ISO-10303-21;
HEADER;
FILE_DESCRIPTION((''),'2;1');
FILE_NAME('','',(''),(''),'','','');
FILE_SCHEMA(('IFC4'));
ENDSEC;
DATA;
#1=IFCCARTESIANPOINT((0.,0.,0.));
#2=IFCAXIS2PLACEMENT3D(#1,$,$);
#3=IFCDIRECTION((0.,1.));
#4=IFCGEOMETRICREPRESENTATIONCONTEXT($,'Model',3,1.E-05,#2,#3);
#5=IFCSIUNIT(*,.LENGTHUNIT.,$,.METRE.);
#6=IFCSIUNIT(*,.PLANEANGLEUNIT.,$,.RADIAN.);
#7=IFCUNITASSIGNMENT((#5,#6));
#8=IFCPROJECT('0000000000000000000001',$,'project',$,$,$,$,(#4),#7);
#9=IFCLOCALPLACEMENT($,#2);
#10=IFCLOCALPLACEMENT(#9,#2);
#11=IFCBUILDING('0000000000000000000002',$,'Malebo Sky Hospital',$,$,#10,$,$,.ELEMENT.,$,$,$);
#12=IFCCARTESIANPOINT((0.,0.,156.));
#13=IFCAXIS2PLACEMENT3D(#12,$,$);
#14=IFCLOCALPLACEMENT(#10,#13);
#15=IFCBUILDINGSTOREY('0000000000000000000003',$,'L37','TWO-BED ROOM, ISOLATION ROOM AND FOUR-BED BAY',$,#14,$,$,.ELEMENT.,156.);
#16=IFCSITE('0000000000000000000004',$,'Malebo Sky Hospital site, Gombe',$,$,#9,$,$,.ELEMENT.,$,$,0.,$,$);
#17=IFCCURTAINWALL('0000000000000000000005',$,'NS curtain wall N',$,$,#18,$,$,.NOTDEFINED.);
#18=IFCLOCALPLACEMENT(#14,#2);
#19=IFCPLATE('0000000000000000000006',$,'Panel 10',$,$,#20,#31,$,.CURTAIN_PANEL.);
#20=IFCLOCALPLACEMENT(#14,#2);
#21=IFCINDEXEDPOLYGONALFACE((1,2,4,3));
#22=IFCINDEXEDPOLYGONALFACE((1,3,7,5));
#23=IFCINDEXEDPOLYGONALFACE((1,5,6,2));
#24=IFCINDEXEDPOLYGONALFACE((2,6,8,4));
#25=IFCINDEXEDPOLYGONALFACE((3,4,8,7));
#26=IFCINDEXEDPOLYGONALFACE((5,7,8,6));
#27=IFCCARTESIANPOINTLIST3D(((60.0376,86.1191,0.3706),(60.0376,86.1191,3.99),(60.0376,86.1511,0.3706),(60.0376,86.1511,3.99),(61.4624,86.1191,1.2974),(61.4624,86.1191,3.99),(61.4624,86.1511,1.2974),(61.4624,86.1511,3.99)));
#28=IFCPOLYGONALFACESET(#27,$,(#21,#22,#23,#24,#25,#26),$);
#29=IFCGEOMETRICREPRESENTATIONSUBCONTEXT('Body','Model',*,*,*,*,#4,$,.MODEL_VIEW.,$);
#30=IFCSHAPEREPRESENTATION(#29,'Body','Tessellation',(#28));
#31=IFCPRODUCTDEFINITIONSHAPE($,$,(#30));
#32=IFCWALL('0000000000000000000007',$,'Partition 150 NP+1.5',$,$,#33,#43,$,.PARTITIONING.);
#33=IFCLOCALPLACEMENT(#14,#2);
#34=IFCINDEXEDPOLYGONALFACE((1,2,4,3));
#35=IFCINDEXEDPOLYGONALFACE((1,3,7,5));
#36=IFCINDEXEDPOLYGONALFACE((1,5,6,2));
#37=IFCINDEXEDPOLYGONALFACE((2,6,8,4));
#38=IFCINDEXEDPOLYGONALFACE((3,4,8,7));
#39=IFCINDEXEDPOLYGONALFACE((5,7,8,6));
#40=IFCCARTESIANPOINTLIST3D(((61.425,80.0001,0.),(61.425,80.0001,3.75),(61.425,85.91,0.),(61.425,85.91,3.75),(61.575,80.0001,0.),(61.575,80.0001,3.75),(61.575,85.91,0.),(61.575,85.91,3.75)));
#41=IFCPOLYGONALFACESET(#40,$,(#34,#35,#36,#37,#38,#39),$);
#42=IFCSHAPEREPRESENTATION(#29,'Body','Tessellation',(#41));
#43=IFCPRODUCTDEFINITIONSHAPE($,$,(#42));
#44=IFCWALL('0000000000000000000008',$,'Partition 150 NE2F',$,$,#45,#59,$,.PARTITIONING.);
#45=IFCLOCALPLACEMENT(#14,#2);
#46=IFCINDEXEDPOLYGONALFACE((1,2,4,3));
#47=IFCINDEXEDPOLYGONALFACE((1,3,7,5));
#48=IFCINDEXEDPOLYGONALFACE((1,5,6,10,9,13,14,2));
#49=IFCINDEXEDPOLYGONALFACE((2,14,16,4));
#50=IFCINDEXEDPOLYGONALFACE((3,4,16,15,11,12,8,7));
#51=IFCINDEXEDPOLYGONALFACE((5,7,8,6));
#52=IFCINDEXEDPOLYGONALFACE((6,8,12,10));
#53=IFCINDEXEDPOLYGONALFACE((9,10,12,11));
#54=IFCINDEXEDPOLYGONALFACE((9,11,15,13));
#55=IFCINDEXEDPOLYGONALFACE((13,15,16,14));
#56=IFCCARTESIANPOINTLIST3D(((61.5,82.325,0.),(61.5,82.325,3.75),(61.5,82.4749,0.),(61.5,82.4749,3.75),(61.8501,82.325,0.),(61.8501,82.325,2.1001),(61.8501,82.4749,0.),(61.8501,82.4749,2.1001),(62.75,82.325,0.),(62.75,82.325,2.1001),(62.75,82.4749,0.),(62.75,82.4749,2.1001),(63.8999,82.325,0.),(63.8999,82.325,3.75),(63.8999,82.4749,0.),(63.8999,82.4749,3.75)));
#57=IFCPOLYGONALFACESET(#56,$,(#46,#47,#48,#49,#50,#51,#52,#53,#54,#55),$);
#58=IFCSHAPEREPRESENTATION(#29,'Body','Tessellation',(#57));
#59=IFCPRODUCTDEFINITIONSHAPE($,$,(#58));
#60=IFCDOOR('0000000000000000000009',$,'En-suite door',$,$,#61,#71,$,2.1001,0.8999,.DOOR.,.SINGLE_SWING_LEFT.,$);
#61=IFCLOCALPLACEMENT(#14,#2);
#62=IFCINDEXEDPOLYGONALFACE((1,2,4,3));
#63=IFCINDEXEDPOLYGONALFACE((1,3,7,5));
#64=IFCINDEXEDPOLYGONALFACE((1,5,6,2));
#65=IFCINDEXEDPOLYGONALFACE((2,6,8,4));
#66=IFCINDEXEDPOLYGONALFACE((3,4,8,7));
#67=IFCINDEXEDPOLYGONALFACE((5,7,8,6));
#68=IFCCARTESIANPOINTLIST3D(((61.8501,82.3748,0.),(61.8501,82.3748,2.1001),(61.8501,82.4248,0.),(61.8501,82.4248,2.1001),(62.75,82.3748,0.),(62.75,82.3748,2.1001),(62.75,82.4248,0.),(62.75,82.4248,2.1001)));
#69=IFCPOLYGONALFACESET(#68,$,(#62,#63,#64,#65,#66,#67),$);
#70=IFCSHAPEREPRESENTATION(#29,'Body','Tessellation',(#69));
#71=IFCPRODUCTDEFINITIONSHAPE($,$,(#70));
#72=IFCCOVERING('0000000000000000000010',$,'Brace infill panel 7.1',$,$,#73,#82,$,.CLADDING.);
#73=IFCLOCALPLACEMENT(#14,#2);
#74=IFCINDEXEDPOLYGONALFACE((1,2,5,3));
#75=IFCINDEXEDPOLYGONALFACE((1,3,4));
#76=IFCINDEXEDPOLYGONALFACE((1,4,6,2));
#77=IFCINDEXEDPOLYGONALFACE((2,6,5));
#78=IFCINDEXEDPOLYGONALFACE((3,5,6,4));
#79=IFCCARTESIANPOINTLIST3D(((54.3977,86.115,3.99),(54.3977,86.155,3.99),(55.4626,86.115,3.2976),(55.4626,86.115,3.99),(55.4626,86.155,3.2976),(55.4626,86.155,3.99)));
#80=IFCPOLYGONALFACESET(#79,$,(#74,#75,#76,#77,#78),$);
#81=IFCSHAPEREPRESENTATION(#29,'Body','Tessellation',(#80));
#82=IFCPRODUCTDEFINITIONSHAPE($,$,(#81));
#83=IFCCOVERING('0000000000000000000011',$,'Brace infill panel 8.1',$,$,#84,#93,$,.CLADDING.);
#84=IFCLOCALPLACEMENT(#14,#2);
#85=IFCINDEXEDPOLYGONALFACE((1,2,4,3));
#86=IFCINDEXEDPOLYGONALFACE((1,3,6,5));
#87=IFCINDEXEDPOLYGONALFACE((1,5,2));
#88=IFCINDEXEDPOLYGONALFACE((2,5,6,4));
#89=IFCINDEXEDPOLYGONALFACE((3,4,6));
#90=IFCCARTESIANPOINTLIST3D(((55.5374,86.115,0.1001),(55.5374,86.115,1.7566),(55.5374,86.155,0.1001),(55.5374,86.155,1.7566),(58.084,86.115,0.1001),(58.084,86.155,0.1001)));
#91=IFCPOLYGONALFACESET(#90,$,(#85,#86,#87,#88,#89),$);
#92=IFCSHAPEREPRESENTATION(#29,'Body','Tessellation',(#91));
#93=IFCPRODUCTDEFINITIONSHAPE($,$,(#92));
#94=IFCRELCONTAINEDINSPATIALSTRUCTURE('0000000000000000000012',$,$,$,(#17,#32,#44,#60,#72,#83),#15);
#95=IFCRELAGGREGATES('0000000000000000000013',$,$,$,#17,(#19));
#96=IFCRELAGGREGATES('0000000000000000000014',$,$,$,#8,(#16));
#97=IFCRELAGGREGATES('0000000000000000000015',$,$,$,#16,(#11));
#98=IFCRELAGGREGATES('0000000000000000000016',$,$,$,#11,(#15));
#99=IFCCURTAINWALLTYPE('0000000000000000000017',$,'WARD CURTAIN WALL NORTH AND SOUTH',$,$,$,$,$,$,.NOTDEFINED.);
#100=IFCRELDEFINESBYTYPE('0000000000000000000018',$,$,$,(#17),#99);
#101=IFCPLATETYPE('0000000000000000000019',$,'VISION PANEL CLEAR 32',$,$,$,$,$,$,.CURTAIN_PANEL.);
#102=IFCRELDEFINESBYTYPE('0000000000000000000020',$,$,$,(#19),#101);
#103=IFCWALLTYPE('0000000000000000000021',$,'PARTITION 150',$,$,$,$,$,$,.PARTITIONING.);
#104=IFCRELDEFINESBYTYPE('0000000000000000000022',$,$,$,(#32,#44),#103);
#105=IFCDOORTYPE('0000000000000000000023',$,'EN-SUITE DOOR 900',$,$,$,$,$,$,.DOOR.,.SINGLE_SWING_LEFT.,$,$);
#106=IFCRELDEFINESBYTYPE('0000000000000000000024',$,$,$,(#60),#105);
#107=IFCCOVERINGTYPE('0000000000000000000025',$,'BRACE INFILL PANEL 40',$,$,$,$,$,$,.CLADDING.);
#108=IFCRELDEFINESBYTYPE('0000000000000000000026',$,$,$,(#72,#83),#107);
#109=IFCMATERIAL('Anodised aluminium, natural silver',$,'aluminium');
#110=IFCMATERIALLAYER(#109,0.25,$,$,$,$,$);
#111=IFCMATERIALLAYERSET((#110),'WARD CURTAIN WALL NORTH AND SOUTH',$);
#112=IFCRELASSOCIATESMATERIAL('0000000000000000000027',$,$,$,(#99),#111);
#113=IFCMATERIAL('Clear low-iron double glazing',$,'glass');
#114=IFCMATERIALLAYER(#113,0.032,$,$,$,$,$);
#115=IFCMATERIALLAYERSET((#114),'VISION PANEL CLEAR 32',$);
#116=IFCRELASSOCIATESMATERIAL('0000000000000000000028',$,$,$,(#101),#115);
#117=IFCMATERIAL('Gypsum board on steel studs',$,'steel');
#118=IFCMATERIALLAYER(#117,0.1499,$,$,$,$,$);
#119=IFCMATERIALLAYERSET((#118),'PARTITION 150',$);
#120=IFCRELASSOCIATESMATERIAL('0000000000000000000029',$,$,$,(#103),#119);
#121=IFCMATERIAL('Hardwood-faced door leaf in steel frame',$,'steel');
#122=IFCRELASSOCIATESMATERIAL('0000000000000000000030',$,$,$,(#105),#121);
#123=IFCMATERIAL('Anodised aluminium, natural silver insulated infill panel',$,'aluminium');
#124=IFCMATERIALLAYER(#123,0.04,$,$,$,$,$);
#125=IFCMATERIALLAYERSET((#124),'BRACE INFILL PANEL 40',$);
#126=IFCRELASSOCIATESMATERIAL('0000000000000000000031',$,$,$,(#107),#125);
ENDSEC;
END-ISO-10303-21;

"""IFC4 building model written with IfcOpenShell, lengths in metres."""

from ifc_helpers import new_model, si_unit, direction, frame, frame_2d, origin, place, context, subcontext, project, spatial, polyline, rectangle, outline, extrude, material, layer, layer_set, type_object, element, fill, aggregate, save


model = new_model("IFC4")

# Units and contexts
model_context = context("Model", 3, precision=1e-05, world=origin(), true_north=direction((0.0, 1.0)))
body_context = subcontext(model_context, "Body", "Model", "MODEL_VIEW")
ifc_project = project(units=[si_unit("LENGTHUNIT", "METRE"), si_unit("PLANEANGLEUNIT", "RADIAN")], contexts=[model_context])

# Site, building, storey
site_placement = place(None, origin())
site = spatial("IfcSite", under=ifc_project, at=site_placement, Name="Malebo Sky Hospital site, Gombe", CompositionType="ELEMENT", RefElevation=0.0)
building_placement = place(site_placement, origin())
building = spatial("IfcBuilding", under=site, at=building_placement, Name="Malebo Sky Hospital", CompositionType="ELEMENT")
storey_placement = place(building_placement, frame((0.0, 0.0, 156.0)))
storey = spatial("IfcBuildingStorey", under=building, at=storey_placement, Name="L37", Description="TWO-BED ROOM, ISOLATION ROOM AND FOUR-BED BAY", CompositionType="ELEMENT", Elevation=156.0)

# Curtain wall
ifc_material_1 = material(Name="Anodised aluminium, natural silver", Category="aluminium")
ifc_layer_1 = layer(ifc_material_1, 0.25)
ifc_layer_set_1 = layer_set([ifc_layer_1], Name="WARD CURTAIN WALL NORTH AND SOUTH")
curtain_wall_type = type_object("IfcCurtainWallType", Name="WARD CURTAIN WALL NORTH AND SOUTH", PredefinedType="NOTDEFINED", material=ifc_layer_set_1)
curtain_wall_placement = place(storey_placement, origin())
curtain_wall = element("IfcCurtainWall", 1, at=curtain_wall_placement, inside=storey, type_object=curtain_wall_type, Name="NS curtain wall N", PredefinedType="NOTDEFINED")

# Plate
ifc_material_2 = material(Name="Clear low-iron double glazing", Category="glass")
ifc_layer_2 = layer(ifc_material_2, 0.032)
ifc_layer_set_2 = layer_set([ifc_layer_2], Name="VISION PANEL CLEAR 32")
plate_type = type_object("IfcPlateType", Name="VISION PANEL CLEAR 32", PredefinedType="CURTAIN_PANEL", material=ifc_layer_set_2)
plate_1_placement = place(storey_placement, frame((60.75, 86.135, 0.3706), z_axis=(0.0, 0.0, 1.0), x_axis=(1.0, 0.0, 0.0)))
plate_1 = element("IfcPlate", 2, at=plate_1_placement, type_object=plate_type, Name="Panel 10", PredefinedType="CURTAIN_PANEL", context=body_context, shape_type="SweptSolid", body=[
    extrude(outline(polyline([(-0.7124, 0.0), (0.7124, 0.9268), (0.7124, 3.6194), (-0.7124, 3.6194), (-0.7124, 0.0)])), frame((0.0, 0.0161, 0.0), z_axis=(0.0, -1.0, 0.0), x_axis=(1.0, 0.0, 0.0)), (0.0, 0.0, 1.0), 0.032),
])
aggregate(curtain_wall, [plate_1])

# Wall
ifc_material_3 = material(Name="Gypsum board on steel studs", Category="steel")
ifc_layer_3 = layer(ifc_material_3, 0.1499)
ifc_layer_set_3 = layer_set([ifc_layer_3], Name="PARTITION 150")
wall_type = type_object("IfcWallType", Name="PARTITION 150", PredefinedType="PARTITIONING", material=ifc_layer_set_3)
wall_1_placement = place(storey_placement, frame((61.5, 80.0, 0.0), z_axis=(0.0, 0.0, 1.0), x_axis=(0.0, 1.0, 0.0)))
element("IfcWall", 3, at=wall_1_placement, inside=storey, type_object=wall_type, Name="Partition 150 NP+1.5", PredefinedType="PARTITIONING", context=body_context, shape_type="SweptSolid", body=[
    extrude(rectangle(XDim=5.9099, YDim=0.1499, at=frame_2d((2.9551, 0.0))), origin(), (0.0, 0.0, 1.0), 3.75),
])

# Wall, opening, door
wall_2_placement = place(storey_placement, frame((61.5, 82.3999, 0.0), z_axis=(0.0, 0.0, 1.0), x_axis=(1.0, 0.0, 0.0)))
wall_2 = element("IfcWall", 4, at=wall_2_placement, inside=storey, type_object=wall_type, Name="Partition 150 NE2F", PredefinedType="PARTITIONING", context=body_context, shape_type="SweptSolid", body=[
    extrude(rectangle(XDim=2.3999, YDim=0.1499, at=frame_2d((1.2, 0.0))), origin(), (0.0, 0.0, 1.0), 3.75),
])
opening_placement = place(wall_2_placement, frame((0.3501, 0.0, 0.0)))
opening = element("IfcOpeningElement", 5, at=opening_placement, cuts=wall_2, PredefinedType="OPENING", context=body_context, shape_type="SweptSolid", body=[
    extrude(rectangle(XDim=0.8999, YDim=2.1001, at=frame_2d((0.45, 1.05))), frame((0.0, 0.085, 0.0), z_axis=(0.0, -1.0, 0.0), x_axis=(1.0, 0.0, 0.0)), (0.0, 0.0, 1.0), 0.1699),
])
ifc_material_4 = material(Name="Hardwood-faced door leaf in steel frame", Category="steel")
door_type = type_object("IfcDoorType", Name="EN-SUITE DOOR 900", OperationType="SINGLE_SWING_LEFT", PredefinedType="DOOR", material=ifc_material_4)
door_placement = place(opening_placement, origin())
door = element("IfcDoor", 6, at=door_placement, inside=storey, type_object=door_type, Name="En-suite door", OperationType="SINGLE_SWING_LEFT", OverallHeight=2.1001, OverallWidth=0.8999, PredefinedType="DOOR", context=body_context, shape_type="SweptSolid", body=[
    extrude(rectangle(XDim=0.8999, YDim=2.1001, at=frame_2d((0.45, 1.05))), frame((0.0, 0.0249, 0.0), z_axis=(0.0, -1.0, 0.0), x_axis=(1.0, 0.0, 0.0)), (0.0, 0.0, 1.0), 0.05),
])
fill(opening, door)

# Coverings
ifc_material_5 = material(Name="Anodised aluminium, natural silver insulated infill panel", Category="aluminium")
ifc_layer_4 = layer(ifc_material_5, 0.04)
ifc_layer_set_4 = layer_set([ifc_layer_4], Name="BRACE INFILL PANEL 40")
covering_type = type_object("IfcCoveringType", Name="BRACE INFILL PANEL 40", PredefinedType="CLADDING", material=ifc_layer_set_4)
covering_1_placement = place(storey_placement, frame((54.9302, 86.135, 3.2976), z_axis=(0.0, 0.0, 1.0), x_axis=(1.0, 0.0, 0.0)))
element("IfcCovering", 7, at=covering_1_placement, inside=storey, type_object=covering_type, Name="Brace infill panel 7.1", PredefinedType="CLADDING", context=body_context, shape_type="SweptSolid", body=[
    extrude(outline(polyline([(0.5325, 0.0), (0.5325, 0.6924), (-0.5325, 0.6924), (0.5325, 0.0)])), frame((0.0, 0.02, 0.0), z_axis=(0.0, -1.0, 0.0), x_axis=(1.0, 0.0, 0.0)), (0.0, 0.0, 1.0), 0.04),
])
covering_2_placement = place(storey_placement, frame((56.8108, 86.135, 0.1001), z_axis=(0.0, 0.0, 1.0), x_axis=(1.0, 0.0, 0.0)))
element("IfcCovering", 8, at=covering_2_placement, inside=storey, type_object=covering_type, Name="Brace infill panel 8.1", PredefinedType="CLADDING", context=body_context, shape_type="SweptSolid", body=[
    extrude(outline(polyline([(-1.2734, 0.0), (1.2732, 0.0), (-1.2734, 1.6565), (-1.2734, 0.0)])), frame((0.0, 0.02, 0.0), z_axis=(0.0, -1.0, 0.0), x_axis=(1.0, 0.0, 0.0)), (0.0, 0.0, 1.0), 0.04),
])

save(model, "model.ifc")
